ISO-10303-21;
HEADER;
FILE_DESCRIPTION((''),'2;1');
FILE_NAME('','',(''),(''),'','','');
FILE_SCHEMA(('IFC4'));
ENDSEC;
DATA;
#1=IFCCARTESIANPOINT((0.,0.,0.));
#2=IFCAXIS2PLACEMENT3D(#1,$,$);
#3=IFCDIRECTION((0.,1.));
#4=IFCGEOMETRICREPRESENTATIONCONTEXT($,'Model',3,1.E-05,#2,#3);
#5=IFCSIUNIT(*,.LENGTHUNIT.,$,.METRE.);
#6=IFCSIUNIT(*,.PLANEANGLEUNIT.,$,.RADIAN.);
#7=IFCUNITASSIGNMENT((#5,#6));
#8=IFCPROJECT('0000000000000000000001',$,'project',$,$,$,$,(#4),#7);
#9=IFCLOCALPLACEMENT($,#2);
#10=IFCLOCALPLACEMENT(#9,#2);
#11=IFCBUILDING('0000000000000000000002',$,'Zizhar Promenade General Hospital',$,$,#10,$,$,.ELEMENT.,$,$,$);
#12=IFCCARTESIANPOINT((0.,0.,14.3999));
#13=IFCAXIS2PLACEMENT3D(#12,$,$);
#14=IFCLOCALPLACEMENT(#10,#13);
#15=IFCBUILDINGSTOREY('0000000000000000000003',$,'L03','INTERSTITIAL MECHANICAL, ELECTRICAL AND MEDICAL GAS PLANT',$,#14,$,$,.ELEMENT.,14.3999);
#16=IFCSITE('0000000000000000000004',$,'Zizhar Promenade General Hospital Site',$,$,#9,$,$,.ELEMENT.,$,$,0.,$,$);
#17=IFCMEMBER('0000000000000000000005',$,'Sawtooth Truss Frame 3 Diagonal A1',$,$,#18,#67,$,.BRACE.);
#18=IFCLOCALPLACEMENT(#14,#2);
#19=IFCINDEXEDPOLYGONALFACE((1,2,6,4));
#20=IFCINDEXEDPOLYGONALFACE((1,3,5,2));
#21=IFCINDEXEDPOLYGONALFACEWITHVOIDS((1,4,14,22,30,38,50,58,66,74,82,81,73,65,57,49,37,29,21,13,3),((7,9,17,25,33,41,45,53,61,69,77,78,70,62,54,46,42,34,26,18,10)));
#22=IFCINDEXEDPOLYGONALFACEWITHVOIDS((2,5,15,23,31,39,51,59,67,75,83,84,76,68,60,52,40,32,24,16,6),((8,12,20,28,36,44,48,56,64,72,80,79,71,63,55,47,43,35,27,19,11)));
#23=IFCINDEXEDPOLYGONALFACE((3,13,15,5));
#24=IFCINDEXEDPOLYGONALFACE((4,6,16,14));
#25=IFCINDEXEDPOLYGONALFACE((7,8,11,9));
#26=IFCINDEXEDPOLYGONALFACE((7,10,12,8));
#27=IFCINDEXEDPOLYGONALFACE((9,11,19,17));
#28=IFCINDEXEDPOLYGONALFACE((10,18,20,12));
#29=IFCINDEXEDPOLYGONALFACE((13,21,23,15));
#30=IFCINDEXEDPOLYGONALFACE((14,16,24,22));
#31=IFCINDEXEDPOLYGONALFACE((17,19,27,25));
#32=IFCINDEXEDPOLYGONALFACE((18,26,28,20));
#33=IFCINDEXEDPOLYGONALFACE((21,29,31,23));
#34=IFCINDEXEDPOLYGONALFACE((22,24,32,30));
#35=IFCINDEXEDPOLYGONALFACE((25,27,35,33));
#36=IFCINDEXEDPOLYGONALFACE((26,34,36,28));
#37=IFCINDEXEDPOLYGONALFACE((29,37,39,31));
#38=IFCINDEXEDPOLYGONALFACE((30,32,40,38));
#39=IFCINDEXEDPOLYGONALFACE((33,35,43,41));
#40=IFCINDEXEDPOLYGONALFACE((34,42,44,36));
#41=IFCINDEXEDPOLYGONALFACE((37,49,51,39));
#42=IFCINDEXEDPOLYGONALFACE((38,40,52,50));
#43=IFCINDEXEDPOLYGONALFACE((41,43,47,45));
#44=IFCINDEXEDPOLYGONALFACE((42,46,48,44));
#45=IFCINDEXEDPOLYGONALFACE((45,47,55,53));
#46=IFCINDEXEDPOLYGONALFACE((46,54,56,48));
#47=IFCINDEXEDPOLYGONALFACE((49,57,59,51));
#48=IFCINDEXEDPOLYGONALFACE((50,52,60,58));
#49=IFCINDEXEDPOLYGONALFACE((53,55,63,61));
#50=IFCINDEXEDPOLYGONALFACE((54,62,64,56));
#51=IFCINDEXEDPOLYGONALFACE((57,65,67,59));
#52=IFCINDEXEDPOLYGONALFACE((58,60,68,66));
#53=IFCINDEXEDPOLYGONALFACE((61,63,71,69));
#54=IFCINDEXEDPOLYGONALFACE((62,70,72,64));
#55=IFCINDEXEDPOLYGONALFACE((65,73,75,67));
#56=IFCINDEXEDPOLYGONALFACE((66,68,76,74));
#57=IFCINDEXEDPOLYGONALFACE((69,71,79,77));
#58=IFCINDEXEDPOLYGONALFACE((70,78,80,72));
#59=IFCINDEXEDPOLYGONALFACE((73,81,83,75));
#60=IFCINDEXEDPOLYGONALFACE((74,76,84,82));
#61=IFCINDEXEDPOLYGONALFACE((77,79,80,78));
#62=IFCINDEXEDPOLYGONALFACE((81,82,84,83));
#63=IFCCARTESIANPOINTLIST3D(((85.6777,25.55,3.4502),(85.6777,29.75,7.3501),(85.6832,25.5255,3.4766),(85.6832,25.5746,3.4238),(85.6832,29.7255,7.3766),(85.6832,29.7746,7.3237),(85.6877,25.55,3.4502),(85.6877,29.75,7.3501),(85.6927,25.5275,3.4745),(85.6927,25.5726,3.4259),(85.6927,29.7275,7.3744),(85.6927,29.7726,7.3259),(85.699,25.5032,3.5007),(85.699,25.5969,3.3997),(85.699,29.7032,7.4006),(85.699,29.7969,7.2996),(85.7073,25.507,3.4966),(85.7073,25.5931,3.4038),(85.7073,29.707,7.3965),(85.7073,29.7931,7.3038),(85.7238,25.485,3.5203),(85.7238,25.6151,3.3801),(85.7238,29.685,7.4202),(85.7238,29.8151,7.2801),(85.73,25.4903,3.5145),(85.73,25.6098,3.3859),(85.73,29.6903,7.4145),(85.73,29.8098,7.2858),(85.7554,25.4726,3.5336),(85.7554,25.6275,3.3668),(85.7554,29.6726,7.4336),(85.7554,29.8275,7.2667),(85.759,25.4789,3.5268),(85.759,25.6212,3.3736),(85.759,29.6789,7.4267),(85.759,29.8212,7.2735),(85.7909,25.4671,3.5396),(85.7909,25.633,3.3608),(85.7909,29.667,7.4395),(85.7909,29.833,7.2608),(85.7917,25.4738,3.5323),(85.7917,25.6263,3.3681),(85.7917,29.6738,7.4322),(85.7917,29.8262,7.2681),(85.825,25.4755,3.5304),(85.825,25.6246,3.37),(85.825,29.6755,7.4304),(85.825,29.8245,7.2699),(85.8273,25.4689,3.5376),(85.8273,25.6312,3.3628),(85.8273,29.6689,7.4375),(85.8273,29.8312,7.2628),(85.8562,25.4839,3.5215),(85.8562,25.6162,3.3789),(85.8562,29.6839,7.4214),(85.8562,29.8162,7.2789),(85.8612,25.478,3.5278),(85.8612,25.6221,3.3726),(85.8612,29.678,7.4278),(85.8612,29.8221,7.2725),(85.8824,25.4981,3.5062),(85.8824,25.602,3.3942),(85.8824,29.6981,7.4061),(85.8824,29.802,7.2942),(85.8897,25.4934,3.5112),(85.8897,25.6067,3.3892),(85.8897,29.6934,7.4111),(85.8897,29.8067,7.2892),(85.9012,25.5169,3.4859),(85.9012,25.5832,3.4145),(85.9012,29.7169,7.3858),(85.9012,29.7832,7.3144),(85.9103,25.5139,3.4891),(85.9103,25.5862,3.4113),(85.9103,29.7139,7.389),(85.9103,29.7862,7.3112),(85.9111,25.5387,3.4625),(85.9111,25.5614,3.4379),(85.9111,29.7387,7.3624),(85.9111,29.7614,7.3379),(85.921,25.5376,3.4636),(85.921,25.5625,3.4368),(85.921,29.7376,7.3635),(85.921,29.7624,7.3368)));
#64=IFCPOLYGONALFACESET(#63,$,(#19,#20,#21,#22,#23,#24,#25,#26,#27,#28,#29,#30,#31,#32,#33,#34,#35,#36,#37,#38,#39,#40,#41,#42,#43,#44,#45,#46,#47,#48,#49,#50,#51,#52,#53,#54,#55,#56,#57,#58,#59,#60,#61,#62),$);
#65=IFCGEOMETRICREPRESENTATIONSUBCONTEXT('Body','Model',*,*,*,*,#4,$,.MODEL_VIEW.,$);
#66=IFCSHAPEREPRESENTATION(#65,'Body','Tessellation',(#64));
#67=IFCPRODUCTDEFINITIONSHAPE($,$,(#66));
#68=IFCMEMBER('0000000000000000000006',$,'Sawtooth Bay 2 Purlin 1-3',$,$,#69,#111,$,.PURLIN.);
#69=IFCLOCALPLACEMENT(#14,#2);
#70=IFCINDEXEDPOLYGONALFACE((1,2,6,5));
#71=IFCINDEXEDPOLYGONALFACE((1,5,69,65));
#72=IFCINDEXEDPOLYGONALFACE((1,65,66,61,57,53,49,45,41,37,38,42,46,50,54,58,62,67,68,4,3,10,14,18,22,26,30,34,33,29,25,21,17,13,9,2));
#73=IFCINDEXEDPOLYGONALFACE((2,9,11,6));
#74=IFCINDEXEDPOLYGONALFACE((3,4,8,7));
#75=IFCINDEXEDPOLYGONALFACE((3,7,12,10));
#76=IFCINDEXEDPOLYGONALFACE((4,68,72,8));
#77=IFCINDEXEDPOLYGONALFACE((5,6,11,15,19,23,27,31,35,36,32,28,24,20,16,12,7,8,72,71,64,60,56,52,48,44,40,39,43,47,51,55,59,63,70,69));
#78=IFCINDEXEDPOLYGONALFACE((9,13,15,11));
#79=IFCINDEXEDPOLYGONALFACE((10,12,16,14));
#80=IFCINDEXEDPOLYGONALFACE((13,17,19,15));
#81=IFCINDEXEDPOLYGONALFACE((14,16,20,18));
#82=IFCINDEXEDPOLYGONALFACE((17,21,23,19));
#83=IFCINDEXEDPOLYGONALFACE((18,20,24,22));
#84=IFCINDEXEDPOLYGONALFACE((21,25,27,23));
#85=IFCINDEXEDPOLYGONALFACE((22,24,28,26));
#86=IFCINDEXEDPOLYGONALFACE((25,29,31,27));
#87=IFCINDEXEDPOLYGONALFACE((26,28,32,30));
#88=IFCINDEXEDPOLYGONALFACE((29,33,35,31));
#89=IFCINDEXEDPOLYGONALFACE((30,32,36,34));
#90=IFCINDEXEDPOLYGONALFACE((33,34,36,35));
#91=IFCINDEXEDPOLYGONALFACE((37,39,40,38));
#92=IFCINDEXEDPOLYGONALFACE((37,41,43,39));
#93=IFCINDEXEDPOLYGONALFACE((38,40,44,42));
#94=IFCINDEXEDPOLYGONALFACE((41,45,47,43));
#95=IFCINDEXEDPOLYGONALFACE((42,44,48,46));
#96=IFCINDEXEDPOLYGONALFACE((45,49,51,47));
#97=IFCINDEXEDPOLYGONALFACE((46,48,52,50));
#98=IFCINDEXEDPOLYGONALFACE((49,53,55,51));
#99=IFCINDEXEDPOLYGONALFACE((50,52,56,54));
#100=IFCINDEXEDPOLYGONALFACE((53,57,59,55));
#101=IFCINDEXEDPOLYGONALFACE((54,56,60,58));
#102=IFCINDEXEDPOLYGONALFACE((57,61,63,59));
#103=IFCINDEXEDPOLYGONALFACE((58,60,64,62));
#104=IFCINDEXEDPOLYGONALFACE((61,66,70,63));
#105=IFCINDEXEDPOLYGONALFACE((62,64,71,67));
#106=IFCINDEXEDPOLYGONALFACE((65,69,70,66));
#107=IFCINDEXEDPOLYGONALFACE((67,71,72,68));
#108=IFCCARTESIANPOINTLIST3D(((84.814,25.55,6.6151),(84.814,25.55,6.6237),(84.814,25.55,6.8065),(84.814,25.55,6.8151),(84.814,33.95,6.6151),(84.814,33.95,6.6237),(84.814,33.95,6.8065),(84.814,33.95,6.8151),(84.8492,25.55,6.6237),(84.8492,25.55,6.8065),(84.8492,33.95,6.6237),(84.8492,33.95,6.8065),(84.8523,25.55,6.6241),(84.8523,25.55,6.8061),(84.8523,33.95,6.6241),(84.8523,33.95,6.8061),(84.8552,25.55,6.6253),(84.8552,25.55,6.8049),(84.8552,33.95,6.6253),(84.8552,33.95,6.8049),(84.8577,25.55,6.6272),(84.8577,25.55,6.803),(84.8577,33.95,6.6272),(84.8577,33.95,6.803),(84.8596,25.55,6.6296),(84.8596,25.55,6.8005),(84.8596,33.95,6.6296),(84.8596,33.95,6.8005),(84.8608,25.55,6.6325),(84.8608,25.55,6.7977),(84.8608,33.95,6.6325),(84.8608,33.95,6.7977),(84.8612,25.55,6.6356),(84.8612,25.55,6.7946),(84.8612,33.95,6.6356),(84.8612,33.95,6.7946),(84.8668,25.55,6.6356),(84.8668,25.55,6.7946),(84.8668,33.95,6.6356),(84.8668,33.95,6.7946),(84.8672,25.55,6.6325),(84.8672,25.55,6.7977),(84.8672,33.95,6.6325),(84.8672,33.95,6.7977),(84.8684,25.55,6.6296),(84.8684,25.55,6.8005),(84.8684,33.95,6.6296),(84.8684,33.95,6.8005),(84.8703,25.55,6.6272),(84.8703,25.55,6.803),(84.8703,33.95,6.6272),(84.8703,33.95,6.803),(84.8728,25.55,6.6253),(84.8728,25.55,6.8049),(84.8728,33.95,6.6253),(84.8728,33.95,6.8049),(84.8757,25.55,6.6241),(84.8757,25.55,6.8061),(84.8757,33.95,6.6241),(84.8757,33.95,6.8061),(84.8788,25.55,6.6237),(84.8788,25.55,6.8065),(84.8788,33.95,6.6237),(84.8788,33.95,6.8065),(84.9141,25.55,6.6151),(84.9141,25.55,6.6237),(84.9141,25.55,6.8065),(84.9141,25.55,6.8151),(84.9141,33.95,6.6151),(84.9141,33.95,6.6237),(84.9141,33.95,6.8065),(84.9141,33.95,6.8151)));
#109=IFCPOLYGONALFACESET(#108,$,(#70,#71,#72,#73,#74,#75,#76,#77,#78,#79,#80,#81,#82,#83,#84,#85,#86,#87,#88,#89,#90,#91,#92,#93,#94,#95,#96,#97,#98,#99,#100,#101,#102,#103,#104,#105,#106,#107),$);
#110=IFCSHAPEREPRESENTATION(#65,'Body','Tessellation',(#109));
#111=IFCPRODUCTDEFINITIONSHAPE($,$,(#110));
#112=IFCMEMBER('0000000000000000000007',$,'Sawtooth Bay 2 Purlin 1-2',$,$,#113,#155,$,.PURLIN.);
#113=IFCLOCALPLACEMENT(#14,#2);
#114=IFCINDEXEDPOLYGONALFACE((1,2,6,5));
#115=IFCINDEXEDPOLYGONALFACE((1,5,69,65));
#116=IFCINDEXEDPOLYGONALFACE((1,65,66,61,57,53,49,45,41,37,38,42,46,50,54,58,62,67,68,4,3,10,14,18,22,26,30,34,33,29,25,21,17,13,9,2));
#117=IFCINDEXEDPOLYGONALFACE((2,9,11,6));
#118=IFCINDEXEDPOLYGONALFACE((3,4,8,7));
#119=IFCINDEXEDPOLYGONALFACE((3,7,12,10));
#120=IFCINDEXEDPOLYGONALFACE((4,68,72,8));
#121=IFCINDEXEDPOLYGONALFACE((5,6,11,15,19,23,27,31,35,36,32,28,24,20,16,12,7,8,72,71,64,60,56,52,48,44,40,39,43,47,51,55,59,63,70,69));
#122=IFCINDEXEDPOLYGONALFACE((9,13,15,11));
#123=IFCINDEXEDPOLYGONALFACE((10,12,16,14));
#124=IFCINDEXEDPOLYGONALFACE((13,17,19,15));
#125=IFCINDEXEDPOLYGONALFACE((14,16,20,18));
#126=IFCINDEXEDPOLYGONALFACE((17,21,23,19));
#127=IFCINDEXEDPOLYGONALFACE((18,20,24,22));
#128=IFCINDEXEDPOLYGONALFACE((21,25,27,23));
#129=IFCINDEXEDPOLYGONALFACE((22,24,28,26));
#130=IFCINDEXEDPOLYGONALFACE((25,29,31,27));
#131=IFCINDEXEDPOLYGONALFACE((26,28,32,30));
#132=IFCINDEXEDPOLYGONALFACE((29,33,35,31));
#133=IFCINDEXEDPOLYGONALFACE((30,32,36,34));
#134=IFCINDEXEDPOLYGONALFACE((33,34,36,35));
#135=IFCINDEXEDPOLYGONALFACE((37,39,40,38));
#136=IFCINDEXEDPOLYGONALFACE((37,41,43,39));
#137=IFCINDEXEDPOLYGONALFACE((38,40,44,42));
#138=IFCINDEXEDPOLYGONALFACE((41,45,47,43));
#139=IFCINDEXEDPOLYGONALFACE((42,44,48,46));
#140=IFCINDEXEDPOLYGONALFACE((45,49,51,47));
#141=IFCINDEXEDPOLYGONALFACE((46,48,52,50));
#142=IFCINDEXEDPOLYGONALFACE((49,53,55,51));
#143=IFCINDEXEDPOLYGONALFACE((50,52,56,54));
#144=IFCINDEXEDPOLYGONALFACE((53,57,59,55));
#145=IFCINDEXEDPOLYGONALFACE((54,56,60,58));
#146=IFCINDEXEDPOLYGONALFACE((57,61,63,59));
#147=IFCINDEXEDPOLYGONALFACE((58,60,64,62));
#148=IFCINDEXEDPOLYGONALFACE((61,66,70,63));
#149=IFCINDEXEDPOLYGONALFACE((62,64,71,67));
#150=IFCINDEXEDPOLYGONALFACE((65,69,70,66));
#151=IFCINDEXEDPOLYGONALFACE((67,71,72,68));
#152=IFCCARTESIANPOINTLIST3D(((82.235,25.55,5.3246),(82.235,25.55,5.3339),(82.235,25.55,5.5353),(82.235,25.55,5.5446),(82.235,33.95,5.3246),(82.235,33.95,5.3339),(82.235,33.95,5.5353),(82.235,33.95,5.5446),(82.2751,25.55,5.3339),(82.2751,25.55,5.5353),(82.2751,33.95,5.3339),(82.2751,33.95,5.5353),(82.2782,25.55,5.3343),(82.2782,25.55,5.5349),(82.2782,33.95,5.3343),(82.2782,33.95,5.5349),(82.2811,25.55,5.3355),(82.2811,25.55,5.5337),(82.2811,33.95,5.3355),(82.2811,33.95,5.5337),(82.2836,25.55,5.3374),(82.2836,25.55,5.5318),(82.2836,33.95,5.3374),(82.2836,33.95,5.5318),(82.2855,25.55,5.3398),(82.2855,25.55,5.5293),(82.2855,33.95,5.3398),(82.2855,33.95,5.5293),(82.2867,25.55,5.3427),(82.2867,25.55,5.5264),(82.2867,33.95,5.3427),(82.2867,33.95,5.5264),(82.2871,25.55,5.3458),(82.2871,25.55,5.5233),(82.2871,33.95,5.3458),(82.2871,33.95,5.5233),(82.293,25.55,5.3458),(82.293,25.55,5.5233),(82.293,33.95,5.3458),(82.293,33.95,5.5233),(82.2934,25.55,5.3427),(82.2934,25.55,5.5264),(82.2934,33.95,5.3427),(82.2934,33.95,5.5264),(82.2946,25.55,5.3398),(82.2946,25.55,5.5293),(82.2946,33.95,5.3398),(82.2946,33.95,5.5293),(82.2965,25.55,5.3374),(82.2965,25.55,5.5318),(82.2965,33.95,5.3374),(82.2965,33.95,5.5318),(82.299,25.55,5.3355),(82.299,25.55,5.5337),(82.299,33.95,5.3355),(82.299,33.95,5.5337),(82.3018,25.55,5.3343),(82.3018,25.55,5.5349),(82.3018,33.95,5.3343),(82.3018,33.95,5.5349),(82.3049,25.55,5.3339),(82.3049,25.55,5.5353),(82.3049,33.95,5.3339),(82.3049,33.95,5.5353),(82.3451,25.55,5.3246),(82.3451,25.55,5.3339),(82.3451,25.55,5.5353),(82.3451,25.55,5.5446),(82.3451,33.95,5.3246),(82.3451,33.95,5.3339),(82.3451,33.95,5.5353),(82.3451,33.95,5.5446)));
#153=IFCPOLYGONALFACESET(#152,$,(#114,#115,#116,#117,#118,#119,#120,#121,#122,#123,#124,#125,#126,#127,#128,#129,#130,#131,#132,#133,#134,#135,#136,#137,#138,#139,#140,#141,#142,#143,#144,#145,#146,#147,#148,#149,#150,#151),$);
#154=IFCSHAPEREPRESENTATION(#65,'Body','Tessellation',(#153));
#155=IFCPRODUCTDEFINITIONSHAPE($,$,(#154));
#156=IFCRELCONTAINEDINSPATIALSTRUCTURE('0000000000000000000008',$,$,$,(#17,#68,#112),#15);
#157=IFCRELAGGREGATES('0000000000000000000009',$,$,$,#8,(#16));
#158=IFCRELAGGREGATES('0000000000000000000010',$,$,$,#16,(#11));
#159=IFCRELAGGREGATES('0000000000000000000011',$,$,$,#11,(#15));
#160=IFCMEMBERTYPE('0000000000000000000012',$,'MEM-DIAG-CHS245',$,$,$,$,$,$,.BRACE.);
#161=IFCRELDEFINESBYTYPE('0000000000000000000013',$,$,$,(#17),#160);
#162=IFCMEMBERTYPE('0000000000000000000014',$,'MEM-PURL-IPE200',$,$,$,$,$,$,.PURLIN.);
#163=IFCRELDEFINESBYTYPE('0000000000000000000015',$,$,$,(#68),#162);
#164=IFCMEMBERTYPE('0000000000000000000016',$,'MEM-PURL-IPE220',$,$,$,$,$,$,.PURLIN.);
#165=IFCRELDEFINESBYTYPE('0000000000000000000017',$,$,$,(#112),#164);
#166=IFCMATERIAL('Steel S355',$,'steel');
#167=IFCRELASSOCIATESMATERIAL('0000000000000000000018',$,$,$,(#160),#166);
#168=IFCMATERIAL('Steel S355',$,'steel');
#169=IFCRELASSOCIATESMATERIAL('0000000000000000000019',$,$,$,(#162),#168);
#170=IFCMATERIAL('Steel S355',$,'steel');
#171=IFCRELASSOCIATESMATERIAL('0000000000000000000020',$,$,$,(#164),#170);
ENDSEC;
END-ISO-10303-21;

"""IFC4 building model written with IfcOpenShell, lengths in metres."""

from ifc_helpers import new_model, si_unit, direction, frame, origin, origin_2d, place, context, subcontext, project, spatial, hollow_circle, i_section, extrude, material, material_profile, profile_set, type_object, element, save


model = new_model("IFC4")

# Units and contexts
model_context = context("Model", 3, precision=1e-05, world=origin(), true_north=direction((0.0, 1.0)))
body_context = subcontext(model_context, "Body", "Model", "MODEL_VIEW")
ifc_project = project(units=[si_unit("LENGTHUNIT", "METRE"), si_unit("PLANEANGLEUNIT", "RADIAN")], contexts=[model_context])

# Site, building, storey
site_placement = place(None, origin())
site = spatial("IfcSite", under=ifc_project, at=site_placement, Name="Zizhar Promenade General Hospital Site", CompositionType="ELEMENT", RefElevation=0.0)
building_placement = place(site_placement, origin())
building = spatial("IfcBuilding", under=site, at=building_placement, Name="Zizhar Promenade General Hospital", CompositionType="ELEMENT")
storey_placement = place(building_placement, frame((0.0, 0.0, 14.3999)))
storey = spatial("IfcBuildingStorey", under=building, at=storey_placement, Name="L03", Description="INTERSTITIAL MECHANICAL, ELECTRICAL AND MEDICAL GAS PLANT", CompositionType="ELEMENT", Elevation=14.3999)

# Members
ifc_material_1 = material(Name="Steel S355", Category="steel")
ifc_material_profile_1 = material_profile(ifc_material_1, hollow_circle(Radius=0.1223, WallThickness=0.01, at=origin_2d()))
ifc_profile_set_1 = profile_set([ifc_material_profile_1], Name="Steel S355")
member_type_1 = type_object("IfcMemberType", Name="MEM-DIAG-CHS245", PredefinedType="BRACE", material=ifc_profile_set_1)
member_1_placement = place(storey_placement, frame((85.8, 25.55, 3.4502), z_axis=(0.0, 0.732798, 0.680446), x_axis=(-1.0, 0.0, 0.0)))
element("IfcMember", 1, at=member_1_placement, inside=storey, type_object=member_type_1, Name="Sawtooth Truss Frame 3 Diagonal A1", PredefinedType="BRACE", context=body_context, shape_type="SweptSolid", body=[
    extrude(hollow_circle(Radius=0.1223, WallThickness=0.01, at=origin_2d()), origin(), (0.0, 0.0, 1.0), 5.7314),
])
ifc_material_2 = material(Name="Steel S355", Category="steel")
ifc_material_profile_2 = material_profile(ifc_material_2, i_section(OverallWidth=0.1001, OverallDepth=0.2, WebThickness=0.0056, FlangeThickness=0.0085, FilletRadius=0.012, at=origin_2d()))
ifc_profile_set_2 = profile_set([ifc_material_profile_2], Name="Steel S355")
member_type_2 = type_object("IfcMemberType", Name="MEM-PURL-IPE200", PredefinedType="PURLIN", material=ifc_profile_set_2)
member_2_placement = place(storey_placement, frame((84.864, 25.55, 6.7151), z_axis=(0.0, 1.0, 0.0), x_axis=(-1.0, 0.0, 0.0)))
element("IfcMember", 2, at=member_2_placement, inside=storey, type_object=member_type_2, Name="Sawtooth Bay 2 Purlin 1-3", PredefinedType="PURLIN", context=body_context, shape_type="SweptSolid", body=[
    extrude(i_section(OverallWidth=0.1001, OverallDepth=0.2, WebThickness=0.0056, FlangeThickness=0.0085, FilletRadius=0.012, at=origin_2d()), origin(), (0.0, 0.0, 1.0), 8.3999),
])
ifc_material_3 = material(Name="Steel S355", Category="steel")
ifc_material_profile_3 = material_profile(ifc_material_3, i_section(OverallWidth=0.1101, OverallDepth=0.22, WebThickness=0.0059, FlangeThickness=0.0093, FilletRadius=0.012, at=origin_2d()))
ifc_profile_set_3 = profile_set([ifc_material_profile_3], Name="Steel S355")
member_type_3 = type_object("IfcMemberType", Name="MEM-PURL-IPE220", PredefinedType="PURLIN", material=ifc_profile_set_3)
member_3_placement = place(storey_placement, frame((82.29, 25.55, 5.4346), z_axis=(0.0, 1.0, 0.0), x_axis=(-1.0, 0.0, 0.0)))
element("IfcMember", 3, at=member_3_placement, inside=storey, type_object=member_type_3, Name="Sawtooth Bay 2 Purlin 1-2", PredefinedType="PURLIN", context=body_context, shape_type="SweptSolid", body=[
    extrude(i_section(OverallWidth=0.1101, OverallDepth=0.22, WebThickness=0.0059, FlangeThickness=0.0093, FilletRadius=0.012, at=origin_2d()), origin(), (0.0, 0.0, 1.0), 8.3999),
])

save(model, "model.ifc")
